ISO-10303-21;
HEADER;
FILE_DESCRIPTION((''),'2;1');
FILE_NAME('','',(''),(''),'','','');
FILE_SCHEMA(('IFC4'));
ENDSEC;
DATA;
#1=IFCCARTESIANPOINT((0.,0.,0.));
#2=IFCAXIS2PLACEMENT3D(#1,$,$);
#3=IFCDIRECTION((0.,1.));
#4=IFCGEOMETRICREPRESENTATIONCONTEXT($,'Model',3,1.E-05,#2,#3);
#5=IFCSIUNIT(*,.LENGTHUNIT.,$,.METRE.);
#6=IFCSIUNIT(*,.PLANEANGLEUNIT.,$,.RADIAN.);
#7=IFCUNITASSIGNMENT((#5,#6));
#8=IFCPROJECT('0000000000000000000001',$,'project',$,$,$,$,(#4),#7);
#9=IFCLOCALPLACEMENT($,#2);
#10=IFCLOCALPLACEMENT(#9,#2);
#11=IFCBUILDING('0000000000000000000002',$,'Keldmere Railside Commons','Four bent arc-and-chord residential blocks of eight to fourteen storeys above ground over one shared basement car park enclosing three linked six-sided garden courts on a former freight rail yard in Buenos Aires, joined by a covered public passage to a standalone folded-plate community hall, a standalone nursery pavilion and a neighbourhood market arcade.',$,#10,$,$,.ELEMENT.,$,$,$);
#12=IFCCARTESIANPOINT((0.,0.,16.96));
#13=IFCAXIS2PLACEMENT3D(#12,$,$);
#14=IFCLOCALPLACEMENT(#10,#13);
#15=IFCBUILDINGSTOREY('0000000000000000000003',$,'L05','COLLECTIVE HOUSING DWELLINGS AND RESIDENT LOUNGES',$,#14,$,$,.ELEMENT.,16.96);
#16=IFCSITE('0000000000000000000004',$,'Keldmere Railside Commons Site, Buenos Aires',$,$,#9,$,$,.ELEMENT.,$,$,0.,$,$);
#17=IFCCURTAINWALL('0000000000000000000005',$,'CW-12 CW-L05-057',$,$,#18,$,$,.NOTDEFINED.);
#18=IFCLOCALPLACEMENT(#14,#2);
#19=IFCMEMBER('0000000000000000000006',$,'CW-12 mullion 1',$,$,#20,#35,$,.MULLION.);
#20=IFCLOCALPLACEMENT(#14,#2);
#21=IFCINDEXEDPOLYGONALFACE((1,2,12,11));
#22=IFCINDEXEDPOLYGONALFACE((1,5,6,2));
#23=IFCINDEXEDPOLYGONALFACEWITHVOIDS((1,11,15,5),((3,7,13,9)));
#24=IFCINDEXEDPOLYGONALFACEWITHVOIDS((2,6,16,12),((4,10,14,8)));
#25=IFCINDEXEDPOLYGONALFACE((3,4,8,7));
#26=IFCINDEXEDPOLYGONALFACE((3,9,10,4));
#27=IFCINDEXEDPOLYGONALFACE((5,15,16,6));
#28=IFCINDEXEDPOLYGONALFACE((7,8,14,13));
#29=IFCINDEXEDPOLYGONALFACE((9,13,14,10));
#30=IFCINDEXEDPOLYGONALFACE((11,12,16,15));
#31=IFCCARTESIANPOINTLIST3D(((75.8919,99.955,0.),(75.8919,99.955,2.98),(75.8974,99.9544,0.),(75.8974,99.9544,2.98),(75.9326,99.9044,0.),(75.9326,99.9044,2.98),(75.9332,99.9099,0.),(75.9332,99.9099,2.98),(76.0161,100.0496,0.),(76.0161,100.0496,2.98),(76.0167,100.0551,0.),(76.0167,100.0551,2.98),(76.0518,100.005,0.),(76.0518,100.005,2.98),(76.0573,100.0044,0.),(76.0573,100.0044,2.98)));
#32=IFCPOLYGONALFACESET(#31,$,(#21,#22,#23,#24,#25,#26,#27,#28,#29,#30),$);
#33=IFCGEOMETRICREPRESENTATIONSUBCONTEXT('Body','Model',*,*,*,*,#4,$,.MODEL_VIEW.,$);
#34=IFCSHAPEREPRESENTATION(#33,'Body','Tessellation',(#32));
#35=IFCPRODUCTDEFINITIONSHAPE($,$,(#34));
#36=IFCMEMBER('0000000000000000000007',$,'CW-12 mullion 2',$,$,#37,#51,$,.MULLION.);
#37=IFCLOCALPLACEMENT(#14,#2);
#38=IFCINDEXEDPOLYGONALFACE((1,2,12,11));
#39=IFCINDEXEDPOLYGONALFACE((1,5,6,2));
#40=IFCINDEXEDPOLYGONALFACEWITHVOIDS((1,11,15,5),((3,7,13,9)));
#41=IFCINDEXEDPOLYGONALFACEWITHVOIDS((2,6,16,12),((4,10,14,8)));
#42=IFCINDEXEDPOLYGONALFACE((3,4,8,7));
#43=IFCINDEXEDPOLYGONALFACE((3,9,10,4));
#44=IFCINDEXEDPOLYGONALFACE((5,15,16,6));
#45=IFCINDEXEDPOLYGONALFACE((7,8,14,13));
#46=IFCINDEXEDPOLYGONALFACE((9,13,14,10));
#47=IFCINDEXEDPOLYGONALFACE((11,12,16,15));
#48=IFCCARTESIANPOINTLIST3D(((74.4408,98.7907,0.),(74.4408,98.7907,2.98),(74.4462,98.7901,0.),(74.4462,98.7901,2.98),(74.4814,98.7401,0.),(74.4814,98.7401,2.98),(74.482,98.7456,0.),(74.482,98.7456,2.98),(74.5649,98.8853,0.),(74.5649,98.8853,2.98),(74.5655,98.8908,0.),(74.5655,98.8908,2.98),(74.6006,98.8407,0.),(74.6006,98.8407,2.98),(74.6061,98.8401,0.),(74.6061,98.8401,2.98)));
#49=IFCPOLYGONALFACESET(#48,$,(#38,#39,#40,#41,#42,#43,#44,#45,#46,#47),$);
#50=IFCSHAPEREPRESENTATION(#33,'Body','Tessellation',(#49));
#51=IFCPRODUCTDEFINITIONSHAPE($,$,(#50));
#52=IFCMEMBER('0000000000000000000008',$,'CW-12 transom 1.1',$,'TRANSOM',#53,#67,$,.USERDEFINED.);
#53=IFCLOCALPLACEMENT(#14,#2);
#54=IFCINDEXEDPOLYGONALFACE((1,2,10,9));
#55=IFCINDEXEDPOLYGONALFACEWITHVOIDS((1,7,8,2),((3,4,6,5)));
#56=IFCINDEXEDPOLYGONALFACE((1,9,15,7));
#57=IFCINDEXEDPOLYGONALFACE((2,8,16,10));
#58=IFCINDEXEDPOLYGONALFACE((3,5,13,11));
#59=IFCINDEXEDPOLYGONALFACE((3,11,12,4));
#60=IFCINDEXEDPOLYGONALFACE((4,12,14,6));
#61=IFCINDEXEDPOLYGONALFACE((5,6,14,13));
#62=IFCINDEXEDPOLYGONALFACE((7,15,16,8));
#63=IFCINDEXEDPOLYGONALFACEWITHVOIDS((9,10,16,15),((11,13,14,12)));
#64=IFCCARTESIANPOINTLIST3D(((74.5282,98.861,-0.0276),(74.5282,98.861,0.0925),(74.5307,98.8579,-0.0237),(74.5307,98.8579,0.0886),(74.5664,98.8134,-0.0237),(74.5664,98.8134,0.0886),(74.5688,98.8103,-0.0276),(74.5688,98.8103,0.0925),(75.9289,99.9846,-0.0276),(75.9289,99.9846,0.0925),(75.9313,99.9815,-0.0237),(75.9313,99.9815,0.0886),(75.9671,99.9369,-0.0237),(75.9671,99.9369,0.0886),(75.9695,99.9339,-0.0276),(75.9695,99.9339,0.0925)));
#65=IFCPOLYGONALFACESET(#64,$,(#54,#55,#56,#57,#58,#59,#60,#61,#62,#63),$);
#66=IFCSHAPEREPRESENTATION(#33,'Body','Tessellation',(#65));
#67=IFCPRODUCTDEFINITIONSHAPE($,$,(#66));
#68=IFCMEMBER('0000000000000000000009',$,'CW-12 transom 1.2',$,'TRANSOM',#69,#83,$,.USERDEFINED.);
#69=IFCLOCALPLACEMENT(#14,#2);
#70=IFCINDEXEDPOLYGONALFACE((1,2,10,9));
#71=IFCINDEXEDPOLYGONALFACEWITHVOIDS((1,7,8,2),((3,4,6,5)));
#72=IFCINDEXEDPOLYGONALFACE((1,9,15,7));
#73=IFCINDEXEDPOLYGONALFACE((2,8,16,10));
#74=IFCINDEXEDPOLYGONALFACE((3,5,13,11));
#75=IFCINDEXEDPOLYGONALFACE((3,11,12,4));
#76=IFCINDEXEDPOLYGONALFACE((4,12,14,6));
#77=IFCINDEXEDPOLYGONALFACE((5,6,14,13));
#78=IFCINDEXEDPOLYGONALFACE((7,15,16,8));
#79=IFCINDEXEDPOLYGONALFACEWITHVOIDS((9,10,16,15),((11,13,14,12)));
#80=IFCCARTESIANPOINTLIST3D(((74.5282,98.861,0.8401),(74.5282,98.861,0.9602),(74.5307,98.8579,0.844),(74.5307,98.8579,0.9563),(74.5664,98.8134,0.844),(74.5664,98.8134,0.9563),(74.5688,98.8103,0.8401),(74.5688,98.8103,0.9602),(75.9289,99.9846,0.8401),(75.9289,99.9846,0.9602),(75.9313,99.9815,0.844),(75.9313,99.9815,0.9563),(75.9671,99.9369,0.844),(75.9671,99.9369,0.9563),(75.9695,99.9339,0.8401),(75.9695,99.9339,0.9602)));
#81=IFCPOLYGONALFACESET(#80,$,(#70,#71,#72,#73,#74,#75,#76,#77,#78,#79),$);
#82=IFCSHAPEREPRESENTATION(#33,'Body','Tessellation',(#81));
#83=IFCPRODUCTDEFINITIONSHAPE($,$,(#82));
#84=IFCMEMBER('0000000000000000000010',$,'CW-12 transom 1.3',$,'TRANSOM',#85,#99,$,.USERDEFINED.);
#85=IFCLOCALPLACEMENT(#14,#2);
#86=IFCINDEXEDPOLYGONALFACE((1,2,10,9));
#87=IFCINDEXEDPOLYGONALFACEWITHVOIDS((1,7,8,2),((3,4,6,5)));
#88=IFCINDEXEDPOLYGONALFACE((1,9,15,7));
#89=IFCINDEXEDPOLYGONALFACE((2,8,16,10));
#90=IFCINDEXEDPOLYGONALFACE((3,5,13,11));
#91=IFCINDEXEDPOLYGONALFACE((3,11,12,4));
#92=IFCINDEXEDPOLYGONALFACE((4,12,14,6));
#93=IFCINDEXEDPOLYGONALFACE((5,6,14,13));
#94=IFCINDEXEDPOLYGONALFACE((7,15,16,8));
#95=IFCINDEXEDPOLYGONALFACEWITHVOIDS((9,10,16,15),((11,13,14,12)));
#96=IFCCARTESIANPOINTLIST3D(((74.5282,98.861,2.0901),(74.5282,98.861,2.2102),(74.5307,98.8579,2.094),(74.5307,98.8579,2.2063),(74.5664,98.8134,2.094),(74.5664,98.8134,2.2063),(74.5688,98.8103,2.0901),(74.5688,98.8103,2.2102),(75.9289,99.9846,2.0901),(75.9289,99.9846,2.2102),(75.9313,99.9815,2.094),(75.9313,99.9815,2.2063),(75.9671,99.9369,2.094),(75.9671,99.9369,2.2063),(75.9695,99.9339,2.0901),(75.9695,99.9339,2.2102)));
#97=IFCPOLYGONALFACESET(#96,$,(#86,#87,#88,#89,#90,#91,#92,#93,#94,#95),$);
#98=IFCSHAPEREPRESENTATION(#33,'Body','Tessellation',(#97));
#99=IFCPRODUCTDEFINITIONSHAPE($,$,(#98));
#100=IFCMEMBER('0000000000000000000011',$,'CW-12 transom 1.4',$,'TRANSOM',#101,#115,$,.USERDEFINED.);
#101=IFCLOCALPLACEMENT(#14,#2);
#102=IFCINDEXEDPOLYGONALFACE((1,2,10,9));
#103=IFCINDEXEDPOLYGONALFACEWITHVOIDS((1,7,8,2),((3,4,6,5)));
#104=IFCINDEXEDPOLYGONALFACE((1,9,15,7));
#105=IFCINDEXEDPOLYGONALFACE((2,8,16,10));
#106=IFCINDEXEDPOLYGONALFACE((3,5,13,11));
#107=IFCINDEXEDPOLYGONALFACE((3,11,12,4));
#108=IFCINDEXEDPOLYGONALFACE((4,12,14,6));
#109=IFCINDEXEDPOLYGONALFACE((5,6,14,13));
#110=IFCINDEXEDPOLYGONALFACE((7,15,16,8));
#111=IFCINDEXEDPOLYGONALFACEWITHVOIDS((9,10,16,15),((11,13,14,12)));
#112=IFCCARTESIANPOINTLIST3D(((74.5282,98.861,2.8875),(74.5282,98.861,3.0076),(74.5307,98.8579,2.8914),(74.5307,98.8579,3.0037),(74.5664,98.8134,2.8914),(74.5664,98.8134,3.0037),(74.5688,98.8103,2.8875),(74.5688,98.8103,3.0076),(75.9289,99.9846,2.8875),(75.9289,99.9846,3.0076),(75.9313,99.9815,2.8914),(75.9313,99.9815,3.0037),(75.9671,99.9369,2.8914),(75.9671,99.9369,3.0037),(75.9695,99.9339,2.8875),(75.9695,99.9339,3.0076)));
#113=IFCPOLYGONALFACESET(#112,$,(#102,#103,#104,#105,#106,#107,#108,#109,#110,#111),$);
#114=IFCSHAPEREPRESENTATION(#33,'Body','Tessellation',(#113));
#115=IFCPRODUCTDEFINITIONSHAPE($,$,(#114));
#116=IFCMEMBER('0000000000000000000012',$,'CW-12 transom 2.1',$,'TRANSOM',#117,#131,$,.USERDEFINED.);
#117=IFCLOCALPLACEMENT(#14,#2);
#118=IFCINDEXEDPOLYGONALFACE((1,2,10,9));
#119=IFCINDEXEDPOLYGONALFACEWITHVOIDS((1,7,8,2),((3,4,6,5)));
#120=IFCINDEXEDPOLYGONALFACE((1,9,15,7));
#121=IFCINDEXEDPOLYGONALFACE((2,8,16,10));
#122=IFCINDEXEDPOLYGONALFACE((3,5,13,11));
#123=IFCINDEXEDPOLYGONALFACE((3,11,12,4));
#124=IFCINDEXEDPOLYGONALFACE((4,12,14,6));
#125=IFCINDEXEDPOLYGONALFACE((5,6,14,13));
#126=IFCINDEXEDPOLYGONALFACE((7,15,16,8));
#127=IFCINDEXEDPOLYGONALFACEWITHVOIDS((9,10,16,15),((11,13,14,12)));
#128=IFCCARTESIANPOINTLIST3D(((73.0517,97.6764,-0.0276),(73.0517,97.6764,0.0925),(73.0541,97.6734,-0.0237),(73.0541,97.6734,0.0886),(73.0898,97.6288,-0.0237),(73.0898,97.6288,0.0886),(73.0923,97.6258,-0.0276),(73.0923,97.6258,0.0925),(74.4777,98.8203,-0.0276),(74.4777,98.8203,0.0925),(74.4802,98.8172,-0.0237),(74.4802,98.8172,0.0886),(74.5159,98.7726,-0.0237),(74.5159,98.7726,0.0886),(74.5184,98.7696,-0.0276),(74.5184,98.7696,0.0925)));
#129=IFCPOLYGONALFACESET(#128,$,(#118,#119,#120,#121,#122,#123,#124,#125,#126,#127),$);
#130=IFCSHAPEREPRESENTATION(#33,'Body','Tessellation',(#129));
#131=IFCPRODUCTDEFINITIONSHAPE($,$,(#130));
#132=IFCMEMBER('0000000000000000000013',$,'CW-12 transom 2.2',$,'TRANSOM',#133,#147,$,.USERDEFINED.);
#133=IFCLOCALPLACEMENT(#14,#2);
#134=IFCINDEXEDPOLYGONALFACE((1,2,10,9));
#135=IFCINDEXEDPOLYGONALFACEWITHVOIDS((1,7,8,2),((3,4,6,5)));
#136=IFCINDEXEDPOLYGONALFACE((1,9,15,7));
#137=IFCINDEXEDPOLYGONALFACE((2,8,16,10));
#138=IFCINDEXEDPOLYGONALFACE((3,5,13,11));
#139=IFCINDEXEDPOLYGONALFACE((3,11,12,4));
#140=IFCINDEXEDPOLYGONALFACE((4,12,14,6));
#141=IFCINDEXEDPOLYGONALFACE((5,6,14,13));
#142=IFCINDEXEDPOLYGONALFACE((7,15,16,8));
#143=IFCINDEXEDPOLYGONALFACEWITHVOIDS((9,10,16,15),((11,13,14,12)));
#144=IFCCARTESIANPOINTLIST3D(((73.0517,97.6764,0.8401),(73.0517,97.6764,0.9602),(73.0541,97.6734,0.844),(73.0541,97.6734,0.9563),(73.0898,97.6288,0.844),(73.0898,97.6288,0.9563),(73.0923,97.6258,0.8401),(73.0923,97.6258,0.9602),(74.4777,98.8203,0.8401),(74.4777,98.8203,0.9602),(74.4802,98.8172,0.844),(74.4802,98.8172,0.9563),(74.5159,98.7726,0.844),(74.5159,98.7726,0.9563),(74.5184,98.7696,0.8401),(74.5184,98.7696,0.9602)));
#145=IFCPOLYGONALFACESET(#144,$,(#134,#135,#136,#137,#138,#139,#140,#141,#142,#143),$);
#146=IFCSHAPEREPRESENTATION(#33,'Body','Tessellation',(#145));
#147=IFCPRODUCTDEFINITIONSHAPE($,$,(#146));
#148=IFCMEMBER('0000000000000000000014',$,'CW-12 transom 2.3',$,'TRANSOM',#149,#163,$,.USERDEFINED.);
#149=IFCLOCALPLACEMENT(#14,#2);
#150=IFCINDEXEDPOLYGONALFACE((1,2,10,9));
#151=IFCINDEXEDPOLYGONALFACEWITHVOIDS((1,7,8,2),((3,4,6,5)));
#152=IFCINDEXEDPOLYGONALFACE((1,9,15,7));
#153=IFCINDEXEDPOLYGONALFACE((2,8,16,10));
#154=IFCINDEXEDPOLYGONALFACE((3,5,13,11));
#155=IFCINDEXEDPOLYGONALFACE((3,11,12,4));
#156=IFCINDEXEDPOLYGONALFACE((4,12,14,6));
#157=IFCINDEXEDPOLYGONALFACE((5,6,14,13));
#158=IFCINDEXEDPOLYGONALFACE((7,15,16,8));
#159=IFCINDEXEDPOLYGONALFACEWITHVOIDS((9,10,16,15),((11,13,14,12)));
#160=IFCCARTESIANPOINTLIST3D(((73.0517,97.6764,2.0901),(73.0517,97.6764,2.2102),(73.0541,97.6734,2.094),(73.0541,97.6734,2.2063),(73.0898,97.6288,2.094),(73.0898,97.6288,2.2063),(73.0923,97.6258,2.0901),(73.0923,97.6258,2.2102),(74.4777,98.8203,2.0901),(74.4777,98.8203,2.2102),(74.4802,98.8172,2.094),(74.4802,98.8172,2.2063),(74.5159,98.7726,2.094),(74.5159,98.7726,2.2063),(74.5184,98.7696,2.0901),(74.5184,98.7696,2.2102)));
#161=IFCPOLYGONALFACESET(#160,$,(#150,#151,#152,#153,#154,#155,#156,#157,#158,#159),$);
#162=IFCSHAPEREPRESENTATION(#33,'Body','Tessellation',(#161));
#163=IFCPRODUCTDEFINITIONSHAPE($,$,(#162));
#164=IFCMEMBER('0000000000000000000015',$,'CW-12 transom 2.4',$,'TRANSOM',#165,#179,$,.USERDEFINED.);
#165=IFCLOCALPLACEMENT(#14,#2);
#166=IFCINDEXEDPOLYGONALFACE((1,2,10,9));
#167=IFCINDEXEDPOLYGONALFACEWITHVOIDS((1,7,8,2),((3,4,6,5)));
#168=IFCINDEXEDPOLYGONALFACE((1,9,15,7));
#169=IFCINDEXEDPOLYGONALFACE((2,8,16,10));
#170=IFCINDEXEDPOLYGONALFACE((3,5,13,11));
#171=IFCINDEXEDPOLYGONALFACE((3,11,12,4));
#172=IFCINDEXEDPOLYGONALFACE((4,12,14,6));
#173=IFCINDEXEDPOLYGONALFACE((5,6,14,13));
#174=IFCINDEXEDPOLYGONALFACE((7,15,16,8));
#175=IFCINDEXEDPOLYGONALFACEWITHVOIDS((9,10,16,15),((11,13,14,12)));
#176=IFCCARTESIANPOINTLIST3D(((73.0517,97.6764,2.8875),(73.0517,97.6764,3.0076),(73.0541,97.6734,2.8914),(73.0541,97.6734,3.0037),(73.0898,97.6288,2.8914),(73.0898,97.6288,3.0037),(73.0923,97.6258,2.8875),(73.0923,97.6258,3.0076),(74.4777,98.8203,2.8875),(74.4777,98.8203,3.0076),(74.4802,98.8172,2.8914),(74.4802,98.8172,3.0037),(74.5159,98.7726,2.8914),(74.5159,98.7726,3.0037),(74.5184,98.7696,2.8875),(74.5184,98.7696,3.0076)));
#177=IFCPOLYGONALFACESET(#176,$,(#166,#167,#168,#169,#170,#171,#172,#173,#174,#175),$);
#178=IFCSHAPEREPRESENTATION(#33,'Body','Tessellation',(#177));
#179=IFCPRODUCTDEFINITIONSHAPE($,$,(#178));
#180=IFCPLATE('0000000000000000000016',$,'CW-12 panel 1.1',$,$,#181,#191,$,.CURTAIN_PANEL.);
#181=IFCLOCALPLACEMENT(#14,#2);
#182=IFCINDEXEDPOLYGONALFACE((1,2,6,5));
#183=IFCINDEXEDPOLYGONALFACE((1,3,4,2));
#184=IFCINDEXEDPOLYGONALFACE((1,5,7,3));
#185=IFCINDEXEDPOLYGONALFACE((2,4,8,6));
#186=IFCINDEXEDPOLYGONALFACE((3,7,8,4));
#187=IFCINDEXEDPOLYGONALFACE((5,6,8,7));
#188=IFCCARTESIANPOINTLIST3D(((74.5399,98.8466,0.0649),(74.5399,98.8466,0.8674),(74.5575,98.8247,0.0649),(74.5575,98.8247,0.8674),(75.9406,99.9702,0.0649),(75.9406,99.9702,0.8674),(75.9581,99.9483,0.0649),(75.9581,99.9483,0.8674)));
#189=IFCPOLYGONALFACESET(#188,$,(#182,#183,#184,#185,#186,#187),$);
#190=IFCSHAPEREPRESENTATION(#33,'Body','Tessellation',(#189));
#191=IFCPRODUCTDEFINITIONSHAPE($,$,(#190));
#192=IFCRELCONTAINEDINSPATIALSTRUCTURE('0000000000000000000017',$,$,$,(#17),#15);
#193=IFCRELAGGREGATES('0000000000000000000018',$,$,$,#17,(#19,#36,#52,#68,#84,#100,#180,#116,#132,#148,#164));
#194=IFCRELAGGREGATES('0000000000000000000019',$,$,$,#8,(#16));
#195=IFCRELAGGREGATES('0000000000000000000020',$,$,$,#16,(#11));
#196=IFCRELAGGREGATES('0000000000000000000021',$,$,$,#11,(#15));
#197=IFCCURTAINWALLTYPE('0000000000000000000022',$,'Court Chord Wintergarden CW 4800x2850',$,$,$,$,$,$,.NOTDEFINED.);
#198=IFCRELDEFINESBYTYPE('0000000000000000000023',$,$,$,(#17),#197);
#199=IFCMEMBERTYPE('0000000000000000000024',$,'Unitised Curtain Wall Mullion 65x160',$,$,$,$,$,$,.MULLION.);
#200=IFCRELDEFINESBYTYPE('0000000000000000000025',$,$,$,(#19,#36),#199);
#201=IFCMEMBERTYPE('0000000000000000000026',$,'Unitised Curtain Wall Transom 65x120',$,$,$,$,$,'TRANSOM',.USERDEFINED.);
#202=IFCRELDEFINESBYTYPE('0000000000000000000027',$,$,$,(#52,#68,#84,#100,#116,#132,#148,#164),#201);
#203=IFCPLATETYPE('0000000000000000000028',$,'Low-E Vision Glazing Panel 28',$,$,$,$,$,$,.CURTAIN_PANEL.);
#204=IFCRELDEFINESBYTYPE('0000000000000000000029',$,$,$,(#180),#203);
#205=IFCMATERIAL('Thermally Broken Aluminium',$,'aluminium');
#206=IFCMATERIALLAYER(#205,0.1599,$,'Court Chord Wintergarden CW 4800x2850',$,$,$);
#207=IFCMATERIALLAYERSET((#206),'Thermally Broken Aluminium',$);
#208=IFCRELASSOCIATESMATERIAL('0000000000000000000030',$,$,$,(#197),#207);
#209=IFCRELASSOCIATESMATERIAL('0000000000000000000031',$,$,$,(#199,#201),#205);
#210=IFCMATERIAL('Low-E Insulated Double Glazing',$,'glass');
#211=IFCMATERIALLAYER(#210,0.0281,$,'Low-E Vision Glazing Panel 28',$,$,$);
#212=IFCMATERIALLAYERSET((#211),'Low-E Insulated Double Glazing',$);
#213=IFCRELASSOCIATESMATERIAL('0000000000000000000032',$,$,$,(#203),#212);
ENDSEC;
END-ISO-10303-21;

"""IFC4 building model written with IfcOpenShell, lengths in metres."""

from ifc_helpers import new_model, si_unit, direction, frame, origin, origin_2d, place, context, subcontext, project, spatial, rectangle, hollow_rectangle, extrude, material, layer, layer_set, material_profile, profile_set, type_object, element, aggregate, save


model = new_model("IFC4")

# Units and contexts
model_context = context("Model", 3, precision=1e-05, world=origin(), true_north=direction((0.0, 1.0)))
body_context = subcontext(model_context, "Body", "Model", "MODEL_VIEW")
ifc_project = project(units=[si_unit("LENGTHUNIT", "METRE"), si_unit("PLANEANGLEUNIT", "RADIAN")], contexts=[model_context])

# Site, building, storey
site_placement = place(None, origin())
site = spatial("IfcSite", under=ifc_project, at=site_placement, Name="Keldmere Railside Commons Site, Buenos Aires", CompositionType="ELEMENT", RefElevation=0.0)
building_placement = place(site_placement, origin())
building = spatial("IfcBuilding", under=site, at=building_placement, Name="Keldmere Railside Commons", Description="Four bent arc-and-chord residential blocks of eight to fourteen storeys above ground over one shared basement car park enclosing three linked six-sided garden courts on a former freight rail yard in Buenos Aires, joined by a covered public passage to a standalone folded-plate community hall, a standalone nursery pavilion and a neighbourhood market arcade.", CompositionType="ELEMENT")
storey_placement = place(building_placement, frame((0.0, 0.0, 16.96)))
storey = spatial("IfcBuildingStorey", under=building, at=storey_placement, Name="L05", Description="COLLECTIVE HOUSING DWELLINGS AND RESIDENT LOUNGES", CompositionType="ELEMENT", Elevation=16.96)

# Curtain wall, members, plate
ifc_material_1 = material(Name="Thermally Broken Aluminium", Category="aluminium")
ifc_layer_1 = layer(ifc_material_1, 0.1599, Name="Court Chord Wintergarden CW 4800x2850")
ifc_layer_set_1 = layer_set([ifc_layer_1], Name="Thermally Broken Aluminium")
curtain_wall_type = type_object("IfcCurtainWallType", Name="Court Chord Wintergarden CW 4800x2850", PredefinedType="NOTDEFINED", material=ifc_layer_set_1)
curtain_wall_placement = place(storey_placement, origin())
curtain_wall = element("IfcCurtainWall", 1, at=curtain_wall_placement, inside=storey, type_object=curtain_wall_type, Name="CW-12 CW-L05-057", PredefinedType="NOTDEFINED")
ifc_material_profile_1 = material_profile(ifc_material_1, hollow_rectangle(XDim=0.0649, YDim=0.1599, WallThickness=0.0039, at=origin_2d()), Name="ALU-MULL-65x160")
ifc_profile_set_1 = profile_set([ifc_material_profile_1], Name="Thermally Broken Aluminium")
member_type_1 = type_object("IfcMemberType", Name="Unitised Curtain Wall Mullion 65x160", PredefinedType="MULLION", material=ifc_profile_set_1)
member_1_placement = place(storey_placement, frame((75.9746, 99.9797, 0.0), z_axis=(0.0, 0.0, 1.0), x_axis=(0.625768, -0.780009, 0.0)))
member_1 = element("IfcMember", 2, at=member_1_placement, type_object=member_type_1, Name="CW-12 mullion 1", PredefinedType="MULLION", context=body_context, shape_type="SweptSolid", body=[
    extrude(hollow_rectangle(XDim=0.0649, YDim=0.1599, WallThickness=0.0039, at=origin_2d()), origin(), (0.0, 0.0, 1.0), 2.98),
])
member_2_placement = place(storey_placement, frame((74.5234, 98.8154, 0.0), z_axis=(0.0, 0.0, 1.0), x_axis=(0.625768, -0.780009, 0.0)))
member_2 = element("IfcMember", 3, at=member_2_placement, type_object=member_type_1, Name="CW-12 mullion 2", PredefinedType="MULLION", context=body_context, shape_type="SweptSolid", body=[
    extrude(hollow_rectangle(XDim=0.0649, YDim=0.1599, WallThickness=0.0039, at=origin_2d()), origin(), (0.0, 0.0, 1.0), 2.98),
])
ifc_material_profile_2 = material_profile(ifc_material_1, hollow_rectangle(XDim=0.0649, YDim=0.1201, WallThickness=0.0039, at=origin_2d()), Name="ALU-TRAN-65x120")
ifc_profile_set_2 = profile_set([ifc_material_profile_2], Name="Thermally Broken Aluminium")
member_type_2 = type_object("IfcMemberType", Name="Unitised Curtain Wall Transom 65x120", ElementType="TRANSOM", PredefinedType="USERDEFINED", material=ifc_profile_set_2)
member_3_placement = place(storey_placement, frame((75.9492, 99.9592, 0.0325), z_axis=(-0.780046, -0.625723, 0.0), x_axis=(0.625723, -0.780046, 0.0)))
member_3 = element("IfcMember", 4, at=member_3_placement, type_object=member_type_2, Name="CW-12 transom 1.1", ObjectType="TRANSOM", PredefinedType="USERDEFINED", context=body_context, shape_type="SweptSolid", body=[
    extrude(hollow_rectangle(XDim=0.0649, YDim=0.1201, WallThickness=0.0039, at=origin_2d()), origin(), (0.0, 0.0, 1.0), 1.7957),
])
member_4_placement = place(storey_placement, frame((75.9492, 99.9592, 0.9001), z_axis=(-0.780046, -0.625723, 0.0), x_axis=(0.625723, -0.780046, 0.0)))
member_4 = element("IfcMember", 5, at=member_4_placement, type_object=member_type_2, Name="CW-12 transom 1.2", ObjectType="TRANSOM", PredefinedType="USERDEFINED", context=body_context, shape_type="SweptSolid", body=[
    extrude(hollow_rectangle(XDim=0.0649, YDim=0.1201, WallThickness=0.0039, at=origin_2d()), origin(), (0.0, 0.0, 1.0), 1.7957),
])
member_5_placement = place(storey_placement, frame((75.9492, 99.9592, 2.1501), z_axis=(-0.780046, -0.625723, 0.0), x_axis=(0.625723, -0.780046, 0.0)))
member_5 = element("IfcMember", 6, at=member_5_placement, type_object=member_type_2, Name="CW-12 transom 1.3", ObjectType="TRANSOM", PredefinedType="USERDEFINED", context=body_context, shape_type="SweptSolid", body=[
    extrude(hollow_rectangle(XDim=0.0649, YDim=0.1201, WallThickness=0.0039, at=origin_2d()), origin(), (0.0, 0.0, 1.0), 1.7957),
])
member_6_placement = place(storey_placement, frame((75.9492, 99.9592, 2.9475), z_axis=(-0.780046, -0.625723, 0.0), x_axis=(0.625723, -0.780046, 0.0)))
member_6 = element("IfcMember", 7, at=member_6_placement, type_object=member_type_2, Name="CW-12 transom 1.4", ObjectType="TRANSOM", PredefinedType="USERDEFINED", context=body_context, shape_type="SweptSolid", body=[
    extrude(hollow_rectangle(XDim=0.0649, YDim=0.1201, WallThickness=0.0039, at=origin_2d()), origin(), (0.0, 0.0, 1.0), 1.7957),
])
member_7_placement = place(storey_placement, frame((74.498, 98.7949, 0.0325), z_axis=(-0.780073, -0.625688, 0.0), x_axis=(0.625688, -0.780073, 0.0)))
member_7 = element("IfcMember", 8, at=member_7_placement, type_object=member_type_2, Name="CW-12 transom 2.1", ObjectType="TRANSOM", PredefinedType="USERDEFINED", context=body_context, shape_type="SweptSolid", body=[
    extrude(hollow_rectangle(XDim=0.0649, YDim=0.1201, WallThickness=0.0039, at=origin_2d()), origin(), (0.0, 0.0, 1.0), 1.8281),
])
member_8_placement = place(storey_placement, frame((74.498, 98.7949, 0.9001), z_axis=(-0.780073, -0.625688, 0.0), x_axis=(0.625688, -0.780073, 0.0)))
member_8 = element("IfcMember", 9, at=member_8_placement, type_object=member_type_2, Name="CW-12 transom 2.2", ObjectType="TRANSOM", PredefinedType="USERDEFINED", context=body_context, shape_type="SweptSolid", body=[
    extrude(hollow_rectangle(XDim=0.0649, YDim=0.1201, WallThickness=0.0039, at=origin_2d()), origin(), (0.0, 0.0, 1.0), 1.8281),
])
member_9_placement = place(storey_placement, frame((74.498, 98.7949, 2.1501), z_axis=(-0.780073, -0.625688, 0.0), x_axis=(0.625688, -0.780073, 0.0)))
member_9 = element("IfcMember", 10, at=member_9_placement, type_object=member_type_2, Name="CW-12 transom 2.3", ObjectType="TRANSOM", PredefinedType="USERDEFINED", context=body_context, shape_type="SweptSolid", body=[
    extrude(hollow_rectangle(XDim=0.0649, YDim=0.1201, WallThickness=0.0039, at=origin_2d()), origin(), (0.0, 0.0, 1.0), 1.8281),
])
member_10_placement = place(storey_placement, frame((74.498, 98.7949, 2.9475), z_axis=(-0.780073, -0.625688, 0.0), x_axis=(0.625688, -0.780073, 0.0)))
member_10 = element("IfcMember", 11, at=member_10_placement, type_object=member_type_2, Name="CW-12 transom 2.4", ObjectType="TRANSOM", PredefinedType="USERDEFINED", context=body_context, shape_type="SweptSolid", body=[
    extrude(hollow_rectangle(XDim=0.0649, YDim=0.1201, WallThickness=0.0039, at=origin_2d()), origin(), (0.0, 0.0, 1.0), 1.8281),
])
ifc_material_2 = material(Name="Low-E Insulated Double Glazing", Category="glass")
ifc_layer_2 = layer(ifc_material_2, 0.0281, Name="Low-E Vision Glazing Panel 28")
ifc_layer_set_2 = layer_set([ifc_layer_2], Name="Low-E Insulated Double Glazing")
plate_type = type_object("IfcPlateType", Name="Low-E Vision Glazing Panel 28", PredefinedType="CURTAIN_PANEL", material=ifc_layer_set_2)
plate_1_placement = place(storey_placement, frame((75.249, 99.3975, 0.0649), z_axis=(0.0, 0.0, 1.0), x_axis=(-0.780009, -0.625768, 0.0)))
plate_1 = element("IfcPlate", 12, at=plate_1_placement, type_object=plate_type, Name="CW-12 panel 1.1", PredefinedType="CURTAIN_PANEL", context=body_context, shape_type="SweptSolid", body=[
    extrude(rectangle(XDim=1.7957, YDim=0.0281, at=origin_2d()), origin(), (0.0, 0.0, 1.0), 0.8025),
])
aggregate(curtain_wall, [member_1, member_2, member_3, member_4, member_5, member_6, plate_1, member_7, member_8, member_9, member_10])

save(model, "model.ifc")
